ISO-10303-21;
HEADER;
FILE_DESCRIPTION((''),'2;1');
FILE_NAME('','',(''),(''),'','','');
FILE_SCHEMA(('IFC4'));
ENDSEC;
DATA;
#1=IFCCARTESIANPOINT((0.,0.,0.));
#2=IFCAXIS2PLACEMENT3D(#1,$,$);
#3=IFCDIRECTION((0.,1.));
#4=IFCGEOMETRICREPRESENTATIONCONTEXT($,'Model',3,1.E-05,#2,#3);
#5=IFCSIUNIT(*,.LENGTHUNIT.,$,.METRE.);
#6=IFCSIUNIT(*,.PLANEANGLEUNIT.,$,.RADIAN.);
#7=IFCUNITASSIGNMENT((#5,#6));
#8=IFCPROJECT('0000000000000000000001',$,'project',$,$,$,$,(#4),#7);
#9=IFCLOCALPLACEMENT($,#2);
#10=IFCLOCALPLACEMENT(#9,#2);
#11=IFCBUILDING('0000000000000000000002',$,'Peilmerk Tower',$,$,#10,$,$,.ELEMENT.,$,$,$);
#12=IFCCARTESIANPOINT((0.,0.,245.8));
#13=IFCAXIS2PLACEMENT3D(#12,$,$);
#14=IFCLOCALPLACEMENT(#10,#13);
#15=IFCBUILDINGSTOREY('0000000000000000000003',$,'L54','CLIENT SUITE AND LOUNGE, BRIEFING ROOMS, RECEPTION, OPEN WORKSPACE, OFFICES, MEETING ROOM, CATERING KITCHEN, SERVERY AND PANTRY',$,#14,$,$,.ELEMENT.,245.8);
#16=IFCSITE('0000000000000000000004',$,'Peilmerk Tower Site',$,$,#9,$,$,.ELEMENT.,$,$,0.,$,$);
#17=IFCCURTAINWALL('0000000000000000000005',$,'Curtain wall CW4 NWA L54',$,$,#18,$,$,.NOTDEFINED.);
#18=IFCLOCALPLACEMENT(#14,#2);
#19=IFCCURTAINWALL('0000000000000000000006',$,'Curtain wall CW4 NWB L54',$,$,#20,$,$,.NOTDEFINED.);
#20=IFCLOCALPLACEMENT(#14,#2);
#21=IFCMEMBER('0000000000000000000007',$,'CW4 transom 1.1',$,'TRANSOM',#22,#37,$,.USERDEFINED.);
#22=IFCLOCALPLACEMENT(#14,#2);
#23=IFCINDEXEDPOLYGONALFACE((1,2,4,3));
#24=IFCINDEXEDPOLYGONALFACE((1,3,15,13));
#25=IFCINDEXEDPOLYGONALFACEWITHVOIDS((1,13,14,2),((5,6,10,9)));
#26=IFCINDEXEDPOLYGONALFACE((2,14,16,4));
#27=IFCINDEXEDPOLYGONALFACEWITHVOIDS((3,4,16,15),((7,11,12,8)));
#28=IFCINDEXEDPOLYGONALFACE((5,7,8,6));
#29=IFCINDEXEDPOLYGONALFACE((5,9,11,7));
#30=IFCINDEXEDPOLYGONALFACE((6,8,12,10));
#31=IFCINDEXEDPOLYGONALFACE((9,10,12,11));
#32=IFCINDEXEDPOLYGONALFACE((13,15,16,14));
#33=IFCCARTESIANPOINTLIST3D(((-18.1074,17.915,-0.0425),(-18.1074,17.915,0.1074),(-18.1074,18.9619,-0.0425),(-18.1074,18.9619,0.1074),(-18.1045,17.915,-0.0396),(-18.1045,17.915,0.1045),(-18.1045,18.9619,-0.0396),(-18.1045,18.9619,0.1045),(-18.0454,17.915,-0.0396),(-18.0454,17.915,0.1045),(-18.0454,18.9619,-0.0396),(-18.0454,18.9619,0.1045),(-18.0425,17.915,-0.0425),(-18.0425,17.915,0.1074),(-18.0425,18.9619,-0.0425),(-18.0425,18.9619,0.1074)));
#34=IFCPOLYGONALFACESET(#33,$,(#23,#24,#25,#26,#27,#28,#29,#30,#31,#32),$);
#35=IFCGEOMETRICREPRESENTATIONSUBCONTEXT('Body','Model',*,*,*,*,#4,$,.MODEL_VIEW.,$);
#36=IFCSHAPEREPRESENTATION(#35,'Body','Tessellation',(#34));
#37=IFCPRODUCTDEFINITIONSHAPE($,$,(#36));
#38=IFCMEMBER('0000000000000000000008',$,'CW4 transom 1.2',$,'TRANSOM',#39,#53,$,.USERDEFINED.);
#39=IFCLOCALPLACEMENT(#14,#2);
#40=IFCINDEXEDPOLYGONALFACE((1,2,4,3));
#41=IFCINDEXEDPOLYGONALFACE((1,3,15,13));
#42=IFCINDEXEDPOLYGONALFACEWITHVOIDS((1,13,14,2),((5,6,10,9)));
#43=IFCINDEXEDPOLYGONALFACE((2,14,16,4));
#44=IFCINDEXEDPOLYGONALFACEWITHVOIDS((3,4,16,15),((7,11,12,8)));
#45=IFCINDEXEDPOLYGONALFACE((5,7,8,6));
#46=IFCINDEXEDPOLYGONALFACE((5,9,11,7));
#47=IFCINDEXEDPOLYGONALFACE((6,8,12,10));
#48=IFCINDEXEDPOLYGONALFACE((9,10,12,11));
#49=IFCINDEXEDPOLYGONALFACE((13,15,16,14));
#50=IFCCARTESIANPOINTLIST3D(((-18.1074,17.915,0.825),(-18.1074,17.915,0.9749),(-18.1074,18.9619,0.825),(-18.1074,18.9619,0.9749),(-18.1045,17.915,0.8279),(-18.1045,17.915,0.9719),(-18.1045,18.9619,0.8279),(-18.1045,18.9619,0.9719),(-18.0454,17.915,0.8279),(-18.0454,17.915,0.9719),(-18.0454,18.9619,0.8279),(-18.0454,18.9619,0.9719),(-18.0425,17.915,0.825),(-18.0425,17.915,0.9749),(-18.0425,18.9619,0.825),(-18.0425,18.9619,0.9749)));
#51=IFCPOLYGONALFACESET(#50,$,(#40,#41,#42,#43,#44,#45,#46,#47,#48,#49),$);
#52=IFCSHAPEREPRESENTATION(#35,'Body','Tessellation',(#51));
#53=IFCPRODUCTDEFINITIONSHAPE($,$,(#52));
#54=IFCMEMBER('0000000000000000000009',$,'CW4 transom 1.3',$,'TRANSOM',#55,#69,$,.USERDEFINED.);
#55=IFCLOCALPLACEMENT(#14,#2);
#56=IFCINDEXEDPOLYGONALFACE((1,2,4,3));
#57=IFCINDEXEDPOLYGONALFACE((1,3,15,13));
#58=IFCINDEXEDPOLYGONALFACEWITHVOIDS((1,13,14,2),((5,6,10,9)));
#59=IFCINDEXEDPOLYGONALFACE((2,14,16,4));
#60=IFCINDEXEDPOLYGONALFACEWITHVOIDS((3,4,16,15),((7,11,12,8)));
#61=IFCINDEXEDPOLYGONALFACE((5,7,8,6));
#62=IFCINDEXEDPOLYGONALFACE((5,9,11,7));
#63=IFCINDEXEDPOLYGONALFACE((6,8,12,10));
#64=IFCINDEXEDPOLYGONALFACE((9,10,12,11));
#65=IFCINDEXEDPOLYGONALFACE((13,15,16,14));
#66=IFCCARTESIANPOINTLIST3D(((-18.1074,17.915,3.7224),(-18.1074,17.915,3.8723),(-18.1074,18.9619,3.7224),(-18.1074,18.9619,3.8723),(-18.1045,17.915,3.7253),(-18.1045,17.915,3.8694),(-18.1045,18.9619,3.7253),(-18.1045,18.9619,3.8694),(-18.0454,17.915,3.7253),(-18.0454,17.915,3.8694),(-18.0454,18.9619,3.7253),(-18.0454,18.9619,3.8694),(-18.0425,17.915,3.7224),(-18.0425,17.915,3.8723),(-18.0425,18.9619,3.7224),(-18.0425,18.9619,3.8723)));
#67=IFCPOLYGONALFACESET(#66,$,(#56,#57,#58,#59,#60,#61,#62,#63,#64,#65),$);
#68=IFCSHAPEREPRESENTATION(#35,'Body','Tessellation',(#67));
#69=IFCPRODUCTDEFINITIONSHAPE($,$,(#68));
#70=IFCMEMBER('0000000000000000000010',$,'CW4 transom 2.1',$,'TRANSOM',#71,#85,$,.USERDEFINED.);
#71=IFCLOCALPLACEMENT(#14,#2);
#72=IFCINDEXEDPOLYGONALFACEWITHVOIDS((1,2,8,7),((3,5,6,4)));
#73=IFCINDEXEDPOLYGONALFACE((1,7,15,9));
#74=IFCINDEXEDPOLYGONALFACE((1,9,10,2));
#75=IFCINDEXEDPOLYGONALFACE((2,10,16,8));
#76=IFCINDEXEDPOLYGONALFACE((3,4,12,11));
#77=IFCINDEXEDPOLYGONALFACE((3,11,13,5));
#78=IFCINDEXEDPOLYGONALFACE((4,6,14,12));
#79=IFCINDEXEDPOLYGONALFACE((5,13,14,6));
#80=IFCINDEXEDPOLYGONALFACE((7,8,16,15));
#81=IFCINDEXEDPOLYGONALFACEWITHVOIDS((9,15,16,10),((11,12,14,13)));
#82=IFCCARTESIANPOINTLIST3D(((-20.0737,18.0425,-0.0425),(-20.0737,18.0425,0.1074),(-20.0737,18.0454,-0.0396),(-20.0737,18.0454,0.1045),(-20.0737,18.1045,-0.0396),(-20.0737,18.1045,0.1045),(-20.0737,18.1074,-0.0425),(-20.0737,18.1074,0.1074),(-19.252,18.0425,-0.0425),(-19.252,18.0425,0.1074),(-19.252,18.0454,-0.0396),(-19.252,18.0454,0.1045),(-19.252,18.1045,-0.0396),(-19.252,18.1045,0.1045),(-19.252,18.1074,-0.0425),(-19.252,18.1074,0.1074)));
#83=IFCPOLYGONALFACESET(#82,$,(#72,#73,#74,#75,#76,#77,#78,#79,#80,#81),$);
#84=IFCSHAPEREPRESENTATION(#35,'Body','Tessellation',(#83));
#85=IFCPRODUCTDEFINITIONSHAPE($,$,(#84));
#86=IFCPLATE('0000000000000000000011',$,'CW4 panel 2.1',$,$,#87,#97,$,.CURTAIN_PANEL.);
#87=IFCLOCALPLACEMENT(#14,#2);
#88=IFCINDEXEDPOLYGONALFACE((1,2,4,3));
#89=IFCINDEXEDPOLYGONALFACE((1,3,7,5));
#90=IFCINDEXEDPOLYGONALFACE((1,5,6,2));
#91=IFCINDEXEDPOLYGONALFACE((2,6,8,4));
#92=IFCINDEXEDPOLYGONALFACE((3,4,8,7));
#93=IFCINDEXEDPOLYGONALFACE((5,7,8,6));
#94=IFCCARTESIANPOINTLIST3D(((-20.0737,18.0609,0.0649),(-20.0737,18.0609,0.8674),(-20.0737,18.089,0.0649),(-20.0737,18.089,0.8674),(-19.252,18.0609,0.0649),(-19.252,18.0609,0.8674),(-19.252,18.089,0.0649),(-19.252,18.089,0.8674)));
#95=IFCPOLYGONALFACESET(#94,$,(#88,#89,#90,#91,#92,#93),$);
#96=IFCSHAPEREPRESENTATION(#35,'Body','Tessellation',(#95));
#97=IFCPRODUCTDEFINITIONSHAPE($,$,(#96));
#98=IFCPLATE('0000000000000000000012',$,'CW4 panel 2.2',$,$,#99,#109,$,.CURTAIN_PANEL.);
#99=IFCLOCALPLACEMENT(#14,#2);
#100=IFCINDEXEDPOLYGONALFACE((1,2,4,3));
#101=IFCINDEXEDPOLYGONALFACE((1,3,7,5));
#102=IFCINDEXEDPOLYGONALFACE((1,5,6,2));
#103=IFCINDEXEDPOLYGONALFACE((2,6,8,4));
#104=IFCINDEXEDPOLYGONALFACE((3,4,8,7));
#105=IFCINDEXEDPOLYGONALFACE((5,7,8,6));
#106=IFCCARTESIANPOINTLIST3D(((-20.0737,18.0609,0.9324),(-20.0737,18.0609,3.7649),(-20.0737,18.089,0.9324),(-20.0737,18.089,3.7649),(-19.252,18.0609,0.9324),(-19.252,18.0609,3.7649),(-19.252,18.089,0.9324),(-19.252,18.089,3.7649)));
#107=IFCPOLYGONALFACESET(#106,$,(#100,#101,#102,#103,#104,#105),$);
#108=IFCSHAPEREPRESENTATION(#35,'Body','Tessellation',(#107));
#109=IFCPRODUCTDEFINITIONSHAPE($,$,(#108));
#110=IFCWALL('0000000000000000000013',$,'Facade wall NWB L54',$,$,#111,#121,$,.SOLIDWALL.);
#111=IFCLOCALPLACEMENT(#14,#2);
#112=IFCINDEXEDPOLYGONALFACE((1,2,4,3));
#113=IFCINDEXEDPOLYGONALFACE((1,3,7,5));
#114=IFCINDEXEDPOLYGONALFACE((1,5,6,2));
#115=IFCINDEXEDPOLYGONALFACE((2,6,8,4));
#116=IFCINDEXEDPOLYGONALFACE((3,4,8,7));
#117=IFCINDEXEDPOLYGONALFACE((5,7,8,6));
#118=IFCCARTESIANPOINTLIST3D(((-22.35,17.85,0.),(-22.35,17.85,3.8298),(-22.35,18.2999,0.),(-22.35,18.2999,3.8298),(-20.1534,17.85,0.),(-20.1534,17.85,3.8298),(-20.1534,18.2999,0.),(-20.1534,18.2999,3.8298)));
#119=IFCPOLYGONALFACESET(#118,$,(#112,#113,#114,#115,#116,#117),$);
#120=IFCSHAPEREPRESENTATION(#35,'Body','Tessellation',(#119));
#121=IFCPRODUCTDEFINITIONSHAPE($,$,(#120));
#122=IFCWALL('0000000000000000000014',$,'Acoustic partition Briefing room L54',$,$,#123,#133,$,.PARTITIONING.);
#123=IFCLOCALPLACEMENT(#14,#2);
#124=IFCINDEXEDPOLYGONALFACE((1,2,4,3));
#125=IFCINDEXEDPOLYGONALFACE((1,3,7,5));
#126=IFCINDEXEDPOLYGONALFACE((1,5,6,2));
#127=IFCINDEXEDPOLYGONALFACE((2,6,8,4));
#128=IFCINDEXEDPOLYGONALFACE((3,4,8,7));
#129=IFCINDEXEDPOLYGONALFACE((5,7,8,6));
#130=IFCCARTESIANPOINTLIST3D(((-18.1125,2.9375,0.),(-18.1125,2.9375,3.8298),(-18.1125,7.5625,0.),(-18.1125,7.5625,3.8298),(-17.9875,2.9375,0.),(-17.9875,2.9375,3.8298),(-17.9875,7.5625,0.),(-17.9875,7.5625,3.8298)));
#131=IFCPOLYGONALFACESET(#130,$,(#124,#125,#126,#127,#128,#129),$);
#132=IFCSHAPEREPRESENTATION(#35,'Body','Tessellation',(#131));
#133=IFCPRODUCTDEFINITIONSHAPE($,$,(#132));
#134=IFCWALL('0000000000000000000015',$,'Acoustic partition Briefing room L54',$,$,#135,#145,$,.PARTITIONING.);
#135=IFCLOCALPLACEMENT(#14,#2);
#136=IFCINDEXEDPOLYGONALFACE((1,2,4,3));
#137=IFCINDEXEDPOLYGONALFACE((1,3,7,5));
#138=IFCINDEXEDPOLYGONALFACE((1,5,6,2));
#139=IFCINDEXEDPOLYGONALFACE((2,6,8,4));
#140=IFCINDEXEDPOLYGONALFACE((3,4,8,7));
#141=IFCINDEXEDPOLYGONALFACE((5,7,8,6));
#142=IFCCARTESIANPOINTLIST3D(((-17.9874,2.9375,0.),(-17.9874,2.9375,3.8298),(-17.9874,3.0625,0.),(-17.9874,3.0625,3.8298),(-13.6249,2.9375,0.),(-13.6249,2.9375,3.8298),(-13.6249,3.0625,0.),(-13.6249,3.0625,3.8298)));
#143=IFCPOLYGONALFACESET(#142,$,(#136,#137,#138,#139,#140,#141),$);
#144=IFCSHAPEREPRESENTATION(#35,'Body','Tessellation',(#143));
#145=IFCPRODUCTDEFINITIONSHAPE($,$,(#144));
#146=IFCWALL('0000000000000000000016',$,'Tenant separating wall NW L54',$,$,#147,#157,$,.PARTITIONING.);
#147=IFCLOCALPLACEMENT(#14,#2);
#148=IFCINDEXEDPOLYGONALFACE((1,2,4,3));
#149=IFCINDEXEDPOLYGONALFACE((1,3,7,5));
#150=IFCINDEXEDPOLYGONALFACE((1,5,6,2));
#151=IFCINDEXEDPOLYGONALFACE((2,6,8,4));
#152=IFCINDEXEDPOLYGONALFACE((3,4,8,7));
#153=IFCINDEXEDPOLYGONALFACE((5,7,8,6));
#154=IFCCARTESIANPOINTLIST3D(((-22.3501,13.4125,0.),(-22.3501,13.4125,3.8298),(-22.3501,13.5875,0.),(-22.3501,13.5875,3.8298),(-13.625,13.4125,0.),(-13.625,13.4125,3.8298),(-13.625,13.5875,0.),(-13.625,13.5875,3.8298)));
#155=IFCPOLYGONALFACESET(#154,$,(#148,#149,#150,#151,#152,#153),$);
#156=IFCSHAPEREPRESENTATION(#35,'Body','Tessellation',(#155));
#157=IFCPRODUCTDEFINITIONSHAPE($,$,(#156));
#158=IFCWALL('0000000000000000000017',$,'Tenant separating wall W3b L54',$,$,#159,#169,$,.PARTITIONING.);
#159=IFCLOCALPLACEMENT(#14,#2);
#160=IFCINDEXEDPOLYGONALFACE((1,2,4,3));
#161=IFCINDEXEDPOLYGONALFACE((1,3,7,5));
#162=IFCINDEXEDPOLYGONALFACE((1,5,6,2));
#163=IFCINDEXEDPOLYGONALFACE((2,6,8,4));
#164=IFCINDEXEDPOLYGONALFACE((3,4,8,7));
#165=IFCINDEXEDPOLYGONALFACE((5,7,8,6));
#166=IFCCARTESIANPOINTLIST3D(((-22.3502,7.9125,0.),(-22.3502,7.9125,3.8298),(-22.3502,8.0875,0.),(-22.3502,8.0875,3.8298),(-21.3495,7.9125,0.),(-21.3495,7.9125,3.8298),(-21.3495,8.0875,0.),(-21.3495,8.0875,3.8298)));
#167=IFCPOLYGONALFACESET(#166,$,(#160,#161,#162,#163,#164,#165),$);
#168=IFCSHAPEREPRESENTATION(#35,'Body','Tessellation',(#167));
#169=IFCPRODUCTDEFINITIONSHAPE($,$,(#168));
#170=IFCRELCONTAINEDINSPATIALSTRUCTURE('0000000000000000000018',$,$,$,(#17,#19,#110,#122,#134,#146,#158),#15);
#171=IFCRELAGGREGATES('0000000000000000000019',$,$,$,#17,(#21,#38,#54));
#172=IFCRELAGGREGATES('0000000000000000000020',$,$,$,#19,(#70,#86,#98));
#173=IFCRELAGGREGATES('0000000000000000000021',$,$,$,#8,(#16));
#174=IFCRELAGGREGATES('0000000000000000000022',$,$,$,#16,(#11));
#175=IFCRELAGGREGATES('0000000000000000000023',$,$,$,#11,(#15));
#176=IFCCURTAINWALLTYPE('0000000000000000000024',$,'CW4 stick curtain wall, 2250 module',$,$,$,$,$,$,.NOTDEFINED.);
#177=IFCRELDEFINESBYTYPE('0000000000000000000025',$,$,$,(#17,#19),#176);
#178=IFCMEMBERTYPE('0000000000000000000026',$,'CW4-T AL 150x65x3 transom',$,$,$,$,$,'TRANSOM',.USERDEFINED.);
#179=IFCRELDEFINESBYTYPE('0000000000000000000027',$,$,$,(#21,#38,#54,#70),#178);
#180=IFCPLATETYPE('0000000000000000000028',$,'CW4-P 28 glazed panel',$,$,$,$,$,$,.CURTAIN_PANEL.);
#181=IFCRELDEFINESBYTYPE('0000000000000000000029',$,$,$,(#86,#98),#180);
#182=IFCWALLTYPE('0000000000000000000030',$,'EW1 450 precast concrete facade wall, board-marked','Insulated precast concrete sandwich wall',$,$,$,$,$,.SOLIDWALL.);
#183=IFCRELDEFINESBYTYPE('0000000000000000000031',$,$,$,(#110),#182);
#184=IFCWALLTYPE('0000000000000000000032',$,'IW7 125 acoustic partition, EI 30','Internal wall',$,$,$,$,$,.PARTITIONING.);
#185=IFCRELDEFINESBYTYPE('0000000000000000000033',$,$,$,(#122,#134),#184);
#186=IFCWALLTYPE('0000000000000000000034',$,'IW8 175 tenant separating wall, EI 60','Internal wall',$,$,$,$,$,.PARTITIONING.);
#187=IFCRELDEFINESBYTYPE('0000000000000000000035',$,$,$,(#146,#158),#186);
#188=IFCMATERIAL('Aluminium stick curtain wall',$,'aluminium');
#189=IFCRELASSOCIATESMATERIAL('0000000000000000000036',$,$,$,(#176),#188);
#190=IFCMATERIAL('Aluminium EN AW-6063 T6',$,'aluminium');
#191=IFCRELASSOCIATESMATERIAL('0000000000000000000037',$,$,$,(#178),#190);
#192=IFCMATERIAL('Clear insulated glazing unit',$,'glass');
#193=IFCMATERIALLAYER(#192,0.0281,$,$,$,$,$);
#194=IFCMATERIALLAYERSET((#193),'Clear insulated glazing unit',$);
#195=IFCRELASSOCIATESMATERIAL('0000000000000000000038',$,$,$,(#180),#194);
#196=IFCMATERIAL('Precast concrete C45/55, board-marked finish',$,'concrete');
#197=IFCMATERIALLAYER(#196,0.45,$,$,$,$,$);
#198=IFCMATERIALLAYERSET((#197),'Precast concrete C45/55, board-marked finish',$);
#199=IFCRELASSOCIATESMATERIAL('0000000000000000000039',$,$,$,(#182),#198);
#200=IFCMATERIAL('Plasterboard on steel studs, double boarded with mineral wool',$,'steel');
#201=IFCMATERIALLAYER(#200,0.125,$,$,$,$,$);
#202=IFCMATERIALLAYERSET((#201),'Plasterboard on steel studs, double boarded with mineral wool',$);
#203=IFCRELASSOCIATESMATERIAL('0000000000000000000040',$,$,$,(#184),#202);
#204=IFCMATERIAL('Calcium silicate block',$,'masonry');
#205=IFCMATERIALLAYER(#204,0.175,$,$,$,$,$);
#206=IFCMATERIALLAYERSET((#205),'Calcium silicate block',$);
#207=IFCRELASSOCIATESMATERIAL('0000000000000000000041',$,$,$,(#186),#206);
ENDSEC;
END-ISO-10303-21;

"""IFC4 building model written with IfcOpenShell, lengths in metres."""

from ifc_helpers import new_model, si_unit, direction, frame, frame_2d, origin, origin_2d, place, context, subcontext, project, spatial, rectangle, hollow_rectangle, extrude, material, layer, layer_set, material_profile, profile_set, type_object, element, aggregate, save


model = new_model("IFC4")

# Units and contexts
model_context = context("Model", 3, precision=1e-05, world=origin(), true_north=direction((0.0, 1.0)))
body_context = subcontext(model_context, "Body", "Model", "MODEL_VIEW")
ifc_project = project(units=[si_unit("LENGTHUNIT", "METRE"), si_unit("PLANEANGLEUNIT", "RADIAN")], contexts=[model_context])

# Site, building, storey
site_placement = place(None, origin())
site = spatial("IfcSite", under=ifc_project, at=site_placement, Name="Peilmerk Tower Site", CompositionType="ELEMENT", RefElevation=0.0)
building_placement = place(site_placement, origin())
building = spatial("IfcBuilding", under=site, at=building_placement, Name="Peilmerk Tower", CompositionType="ELEMENT")
storey_placement = place(building_placement, frame((0.0, 0.0, 245.8)))
storey = spatial("IfcBuildingStorey", under=building, at=storey_placement, Name="L54", Description="CLIENT SUITE AND LOUNGE, BRIEFING ROOMS, RECEPTION, OPEN WORKSPACE, OFFICES, MEETING ROOM, CATERING KITCHEN, SERVERY AND PANTRY", CompositionType="ELEMENT", Elevation=245.8)

# Curtain walls
ifc_material_1 = material(Name="Aluminium stick curtain wall", Category="aluminium")
curtain_wall_type = type_object("IfcCurtainWallType", Name="CW4 stick curtain wall, 2250 module", PredefinedType="NOTDEFINED", material=ifc_material_1)
curtain_wall_1_placement = place(storey_placement, origin())
curtain_wall_1 = element("IfcCurtainWall", 1, at=curtain_wall_1_placement, inside=storey, type_object=curtain_wall_type, Name="Curtain wall CW4 NWA L54", PredefinedType="NOTDEFINED")
ifc_material_2 = material(Name="Aluminium EN AW-6063 T6", Category="aluminium")
curtain_wall_2_placement = place(storey_placement, origin())
curtain_wall_2 = element("IfcCurtainWall", 2, at=curtain_wall_2_placement, inside=storey, type_object=curtain_wall_type, Name="Curtain wall CW4 NWB L54", PredefinedType="NOTDEFINED")

# Members
ifc_material_profile_1 = material_profile(ifc_material_2, hollow_rectangle(XDim=0.0649, YDim=0.1499, WallThickness=0.0029, at=origin_2d()), Name="AL 150x65x3")
ifc_profile_set_1 = profile_set([ifc_material_profile_1], Name="Aluminium EN AW-6063 T6")
member_type_1 = type_object("IfcMemberType", Name="CW4-T AL 150x65x3 transom", ElementType="TRANSOM", PredefinedType="USERDEFINED", material=ifc_profile_set_1)
member_1_placement = place(storey_placement, frame((-18.075, 17.915, 0.0325), z_axis=(0.0, 1.0, 0.0), x_axis=(-1.0, 0.0, 0.0)))
member_1 = element("IfcMember", 3, at=member_1_placement, type_object=member_type_1, Name="CW4 transom 1.1", ObjectType="TRANSOM", PredefinedType="USERDEFINED", context=body_context, shape_type="SweptSolid", body=[
    extrude(hollow_rectangle(XDim=0.0649, YDim=0.1499, WallThickness=0.0029, at=origin_2d()), origin(), (0.0, 0.0, 1.0), 1.0469),
])
member_2_placement = place(storey_placement, frame((-18.075, 17.915, 0.8999), z_axis=(0.0, 1.0, 0.0), x_axis=(-1.0, 0.0, 0.0)))
member_2 = element("IfcMember", 4, at=member_2_placement, type_object=member_type_1, Name="CW4 transom 1.2", ObjectType="TRANSOM", PredefinedType="USERDEFINED", context=body_context, shape_type="SweptSolid", body=[
    extrude(hollow_rectangle(XDim=0.0649, YDim=0.1499, WallThickness=0.0029, at=origin_2d()), origin(), (0.0, 0.0, 1.0), 1.0469),
])
member_3_placement = place(storey_placement, frame((-18.075, 17.915, 3.7974), z_axis=(0.0, 1.0, 0.0), x_axis=(-1.0, 0.0, 0.0)))
member_3 = element("IfcMember", 5, at=member_3_placement, type_object=member_type_1, Name="CW4 transom 1.3", ObjectType="TRANSOM", PredefinedType="USERDEFINED", context=body_context, shape_type="SweptSolid", body=[
    extrude(hollow_rectangle(XDim=0.0649, YDim=0.1499, WallThickness=0.0029, at=origin_2d()), origin(), (0.0, 0.0, 1.0), 1.0469),
])
aggregate(curtain_wall_1, [member_1, member_2, member_3])
member_4_placement = place(storey_placement, frame((-19.252, 18.075, 0.0325), z_axis=(-1.0, 0.0, 0.0), x_axis=(0.0, -1.0, 0.0)))
member_4 = element("IfcMember", 6, at=member_4_placement, type_object=member_type_1, Name="CW4 transom 2.1", ObjectType="TRANSOM", PredefinedType="USERDEFINED", context=body_context, shape_type="SweptSolid", body=[
    extrude(hollow_rectangle(XDim=0.0649, YDim=0.1499, WallThickness=0.0029, at=origin_2d()), origin(), (0.0, 0.0, 1.0), 0.8218),
])

# Plates
ifc_material_3 = material(Name="Clear insulated glazing unit", Category="glass")
ifc_layer_1 = layer(ifc_material_3, 0.0281)
ifc_layer_set_1 = layer_set([ifc_layer_1], Name="Clear insulated glazing unit")
plate_type = type_object("IfcPlateType", Name="CW4-P 28 glazed panel", PredefinedType="CURTAIN_PANEL", material=ifc_layer_set_1)
plate_1_placement = place(storey_placement, frame((-19.6628, 18.075, 0.0649), z_axis=(0.0, 0.0, 1.0), x_axis=(-1.0, 0.0, 0.0)))
plate_1 = element("IfcPlate", 7, at=plate_1_placement, type_object=plate_type, Name="CW4 panel 2.1", PredefinedType="CURTAIN_PANEL", context=body_context, shape_type="SweptSolid", body=[
    extrude(rectangle(XDim=0.8218, YDim=0.0281, at=origin_2d()), origin(), (0.0, 0.0, 1.0), 0.8025),
])
plate_2_placement = place(storey_placement, frame((-19.6628, 18.075, 0.9324), z_axis=(0.0, 0.0, 1.0), x_axis=(-1.0, 0.0, 0.0)))
plate_2 = element("IfcPlate", 8, at=plate_2_placement, type_object=plate_type, Name="CW4 panel 2.2", PredefinedType="CURTAIN_PANEL", context=body_context, shape_type="SweptSolid", body=[
    extrude(rectangle(XDim=0.8218, YDim=0.0281, at=origin_2d()), origin(), (0.0, 0.0, 1.0), 2.8325),
])
aggregate(curtain_wall_2, [member_4, plate_1, plate_2])

# Walls
ifc_material_4 = material(Name="Precast concrete C45/55, board-marked finish", Category="concrete")
ifc_layer_2 = layer(ifc_material_4, 0.45)
ifc_layer_set_2 = layer_set([ifc_layer_2], Name="Precast concrete C45/55, board-marked finish")
wall_type_1 = type_object("IfcWallType", Name="EW1 450 precast concrete facade wall, board-marked", Description="Insulated precast concrete sandwich wall", PredefinedType="SOLIDWALL", material=ifc_layer_set_2)
wall_1_placement = place(storey_placement, frame((-20.1536, 18.075, 0.0), z_axis=(0.0, 0.0, 1.0), x_axis=(-1.0, 0.0, 0.0)))
element("IfcWall", 9, at=wall_1_placement, inside=storey, type_object=wall_type_1, Name="Facade wall NWB L54", PredefinedType="SOLIDWALL", context=body_context, shape_type="SweptSolid", body=[
    extrude(rectangle(XDim=2.1965, YDim=0.45, at=frame_2d((1.0981, 0.0))), origin(), (0.0, 0.0, 1.0), 3.8298),
])
ifc_material_5 = material(Name="Plasterboard on steel studs, double boarded with mineral wool", Category="steel")
ifc_layer_3 = layer(ifc_material_5, 0.125)
ifc_layer_set_3 = layer_set([ifc_layer_3], Name="Plasterboard on steel studs, double boarded with mineral wool")
wall_type_2 = type_object("IfcWallType", Name="IW7 125 acoustic partition, EI 30", Description="Internal wall", PredefinedType="PARTITIONING", material=ifc_layer_set_3)
wall_2_placement = place(storey_placement, frame((-18.05, 2.9375, 0.0), z_axis=(0.0, 0.0, 1.0), x_axis=(0.0, 1.0, 0.0)))
element("IfcWall", 10, at=wall_2_placement, inside=storey, type_object=wall_type_2, Name="Acoustic partition Briefing room L54", PredefinedType="PARTITIONING", context=body_context, shape_type="SweptSolid", body=[
    extrude(rectangle(XDim=4.625, YDim=0.125, at=frame_2d((2.3125, 0.0))), origin(), (0.0, 0.0, 1.0), 3.8298),
])
wall_3_placement = place(storey_placement, frame((-13.625, 3.0, 0.0), z_axis=(0.0, 0.0, 1.0), x_axis=(-1.0, 0.0, 0.0)))
element("IfcWall", 11, at=wall_3_placement, inside=storey, type_object=wall_type_2, Name="Acoustic partition Briefing room L54", PredefinedType="PARTITIONING", context=body_context, shape_type="SweptSolid", body=[
    extrude(rectangle(XDim=4.3625, YDim=0.125, at=frame_2d((2.1812, 0.0))), origin(), (0.0, 0.0, 1.0), 3.8298),
])
ifc_material_6 = material(Name="Calcium silicate block", Category="masonry")
ifc_layer_4 = layer(ifc_material_6, 0.175)
ifc_layer_set_4 = layer_set([ifc_layer_4], Name="Calcium silicate block")
wall_type_3 = type_object("IfcWallType", Name="IW8 175 tenant separating wall, EI 60", Description="Internal wall", PredefinedType="PARTITIONING", material=ifc_layer_set_4)
wall_4_placement = place(storey_placement, frame((-22.3501, 13.5, 0.0), z_axis=(0.0, 0.0, 1.0), x_axis=(1.0, 0.0, 0.0)))
element("IfcWall", 12, at=wall_4_placement, inside=storey, type_object=wall_type_3, Name="Tenant separating wall NW L54", PredefinedType="PARTITIONING", context=body_context, shape_type="SweptSolid", body=[
    extrude(rectangle(XDim=8.7251, YDim=0.175, at=frame_2d((4.3625, 0.0))), origin(), (0.0, 0.0, 1.0), 3.8298),
])
wall_5_placement = place(storey_placement, frame((-21.3494, 8.0, 0.0), z_axis=(0.0, 0.0, 1.0), x_axis=(-1.0, 0.0, 0.0)))
element("IfcWall", 13, at=wall_5_placement, inside=storey, type_object=wall_type_3, Name="Tenant separating wall W3b L54", PredefinedType="PARTITIONING", context=body_context, shape_type="SweptSolid", body=[
    extrude(rectangle(XDim=1.0007, YDim=0.175, at=frame_2d((0.5005, 0.0))), origin(), (0.0, 0.0, 1.0), 3.8298),
])

save(model, "model.ifc")
